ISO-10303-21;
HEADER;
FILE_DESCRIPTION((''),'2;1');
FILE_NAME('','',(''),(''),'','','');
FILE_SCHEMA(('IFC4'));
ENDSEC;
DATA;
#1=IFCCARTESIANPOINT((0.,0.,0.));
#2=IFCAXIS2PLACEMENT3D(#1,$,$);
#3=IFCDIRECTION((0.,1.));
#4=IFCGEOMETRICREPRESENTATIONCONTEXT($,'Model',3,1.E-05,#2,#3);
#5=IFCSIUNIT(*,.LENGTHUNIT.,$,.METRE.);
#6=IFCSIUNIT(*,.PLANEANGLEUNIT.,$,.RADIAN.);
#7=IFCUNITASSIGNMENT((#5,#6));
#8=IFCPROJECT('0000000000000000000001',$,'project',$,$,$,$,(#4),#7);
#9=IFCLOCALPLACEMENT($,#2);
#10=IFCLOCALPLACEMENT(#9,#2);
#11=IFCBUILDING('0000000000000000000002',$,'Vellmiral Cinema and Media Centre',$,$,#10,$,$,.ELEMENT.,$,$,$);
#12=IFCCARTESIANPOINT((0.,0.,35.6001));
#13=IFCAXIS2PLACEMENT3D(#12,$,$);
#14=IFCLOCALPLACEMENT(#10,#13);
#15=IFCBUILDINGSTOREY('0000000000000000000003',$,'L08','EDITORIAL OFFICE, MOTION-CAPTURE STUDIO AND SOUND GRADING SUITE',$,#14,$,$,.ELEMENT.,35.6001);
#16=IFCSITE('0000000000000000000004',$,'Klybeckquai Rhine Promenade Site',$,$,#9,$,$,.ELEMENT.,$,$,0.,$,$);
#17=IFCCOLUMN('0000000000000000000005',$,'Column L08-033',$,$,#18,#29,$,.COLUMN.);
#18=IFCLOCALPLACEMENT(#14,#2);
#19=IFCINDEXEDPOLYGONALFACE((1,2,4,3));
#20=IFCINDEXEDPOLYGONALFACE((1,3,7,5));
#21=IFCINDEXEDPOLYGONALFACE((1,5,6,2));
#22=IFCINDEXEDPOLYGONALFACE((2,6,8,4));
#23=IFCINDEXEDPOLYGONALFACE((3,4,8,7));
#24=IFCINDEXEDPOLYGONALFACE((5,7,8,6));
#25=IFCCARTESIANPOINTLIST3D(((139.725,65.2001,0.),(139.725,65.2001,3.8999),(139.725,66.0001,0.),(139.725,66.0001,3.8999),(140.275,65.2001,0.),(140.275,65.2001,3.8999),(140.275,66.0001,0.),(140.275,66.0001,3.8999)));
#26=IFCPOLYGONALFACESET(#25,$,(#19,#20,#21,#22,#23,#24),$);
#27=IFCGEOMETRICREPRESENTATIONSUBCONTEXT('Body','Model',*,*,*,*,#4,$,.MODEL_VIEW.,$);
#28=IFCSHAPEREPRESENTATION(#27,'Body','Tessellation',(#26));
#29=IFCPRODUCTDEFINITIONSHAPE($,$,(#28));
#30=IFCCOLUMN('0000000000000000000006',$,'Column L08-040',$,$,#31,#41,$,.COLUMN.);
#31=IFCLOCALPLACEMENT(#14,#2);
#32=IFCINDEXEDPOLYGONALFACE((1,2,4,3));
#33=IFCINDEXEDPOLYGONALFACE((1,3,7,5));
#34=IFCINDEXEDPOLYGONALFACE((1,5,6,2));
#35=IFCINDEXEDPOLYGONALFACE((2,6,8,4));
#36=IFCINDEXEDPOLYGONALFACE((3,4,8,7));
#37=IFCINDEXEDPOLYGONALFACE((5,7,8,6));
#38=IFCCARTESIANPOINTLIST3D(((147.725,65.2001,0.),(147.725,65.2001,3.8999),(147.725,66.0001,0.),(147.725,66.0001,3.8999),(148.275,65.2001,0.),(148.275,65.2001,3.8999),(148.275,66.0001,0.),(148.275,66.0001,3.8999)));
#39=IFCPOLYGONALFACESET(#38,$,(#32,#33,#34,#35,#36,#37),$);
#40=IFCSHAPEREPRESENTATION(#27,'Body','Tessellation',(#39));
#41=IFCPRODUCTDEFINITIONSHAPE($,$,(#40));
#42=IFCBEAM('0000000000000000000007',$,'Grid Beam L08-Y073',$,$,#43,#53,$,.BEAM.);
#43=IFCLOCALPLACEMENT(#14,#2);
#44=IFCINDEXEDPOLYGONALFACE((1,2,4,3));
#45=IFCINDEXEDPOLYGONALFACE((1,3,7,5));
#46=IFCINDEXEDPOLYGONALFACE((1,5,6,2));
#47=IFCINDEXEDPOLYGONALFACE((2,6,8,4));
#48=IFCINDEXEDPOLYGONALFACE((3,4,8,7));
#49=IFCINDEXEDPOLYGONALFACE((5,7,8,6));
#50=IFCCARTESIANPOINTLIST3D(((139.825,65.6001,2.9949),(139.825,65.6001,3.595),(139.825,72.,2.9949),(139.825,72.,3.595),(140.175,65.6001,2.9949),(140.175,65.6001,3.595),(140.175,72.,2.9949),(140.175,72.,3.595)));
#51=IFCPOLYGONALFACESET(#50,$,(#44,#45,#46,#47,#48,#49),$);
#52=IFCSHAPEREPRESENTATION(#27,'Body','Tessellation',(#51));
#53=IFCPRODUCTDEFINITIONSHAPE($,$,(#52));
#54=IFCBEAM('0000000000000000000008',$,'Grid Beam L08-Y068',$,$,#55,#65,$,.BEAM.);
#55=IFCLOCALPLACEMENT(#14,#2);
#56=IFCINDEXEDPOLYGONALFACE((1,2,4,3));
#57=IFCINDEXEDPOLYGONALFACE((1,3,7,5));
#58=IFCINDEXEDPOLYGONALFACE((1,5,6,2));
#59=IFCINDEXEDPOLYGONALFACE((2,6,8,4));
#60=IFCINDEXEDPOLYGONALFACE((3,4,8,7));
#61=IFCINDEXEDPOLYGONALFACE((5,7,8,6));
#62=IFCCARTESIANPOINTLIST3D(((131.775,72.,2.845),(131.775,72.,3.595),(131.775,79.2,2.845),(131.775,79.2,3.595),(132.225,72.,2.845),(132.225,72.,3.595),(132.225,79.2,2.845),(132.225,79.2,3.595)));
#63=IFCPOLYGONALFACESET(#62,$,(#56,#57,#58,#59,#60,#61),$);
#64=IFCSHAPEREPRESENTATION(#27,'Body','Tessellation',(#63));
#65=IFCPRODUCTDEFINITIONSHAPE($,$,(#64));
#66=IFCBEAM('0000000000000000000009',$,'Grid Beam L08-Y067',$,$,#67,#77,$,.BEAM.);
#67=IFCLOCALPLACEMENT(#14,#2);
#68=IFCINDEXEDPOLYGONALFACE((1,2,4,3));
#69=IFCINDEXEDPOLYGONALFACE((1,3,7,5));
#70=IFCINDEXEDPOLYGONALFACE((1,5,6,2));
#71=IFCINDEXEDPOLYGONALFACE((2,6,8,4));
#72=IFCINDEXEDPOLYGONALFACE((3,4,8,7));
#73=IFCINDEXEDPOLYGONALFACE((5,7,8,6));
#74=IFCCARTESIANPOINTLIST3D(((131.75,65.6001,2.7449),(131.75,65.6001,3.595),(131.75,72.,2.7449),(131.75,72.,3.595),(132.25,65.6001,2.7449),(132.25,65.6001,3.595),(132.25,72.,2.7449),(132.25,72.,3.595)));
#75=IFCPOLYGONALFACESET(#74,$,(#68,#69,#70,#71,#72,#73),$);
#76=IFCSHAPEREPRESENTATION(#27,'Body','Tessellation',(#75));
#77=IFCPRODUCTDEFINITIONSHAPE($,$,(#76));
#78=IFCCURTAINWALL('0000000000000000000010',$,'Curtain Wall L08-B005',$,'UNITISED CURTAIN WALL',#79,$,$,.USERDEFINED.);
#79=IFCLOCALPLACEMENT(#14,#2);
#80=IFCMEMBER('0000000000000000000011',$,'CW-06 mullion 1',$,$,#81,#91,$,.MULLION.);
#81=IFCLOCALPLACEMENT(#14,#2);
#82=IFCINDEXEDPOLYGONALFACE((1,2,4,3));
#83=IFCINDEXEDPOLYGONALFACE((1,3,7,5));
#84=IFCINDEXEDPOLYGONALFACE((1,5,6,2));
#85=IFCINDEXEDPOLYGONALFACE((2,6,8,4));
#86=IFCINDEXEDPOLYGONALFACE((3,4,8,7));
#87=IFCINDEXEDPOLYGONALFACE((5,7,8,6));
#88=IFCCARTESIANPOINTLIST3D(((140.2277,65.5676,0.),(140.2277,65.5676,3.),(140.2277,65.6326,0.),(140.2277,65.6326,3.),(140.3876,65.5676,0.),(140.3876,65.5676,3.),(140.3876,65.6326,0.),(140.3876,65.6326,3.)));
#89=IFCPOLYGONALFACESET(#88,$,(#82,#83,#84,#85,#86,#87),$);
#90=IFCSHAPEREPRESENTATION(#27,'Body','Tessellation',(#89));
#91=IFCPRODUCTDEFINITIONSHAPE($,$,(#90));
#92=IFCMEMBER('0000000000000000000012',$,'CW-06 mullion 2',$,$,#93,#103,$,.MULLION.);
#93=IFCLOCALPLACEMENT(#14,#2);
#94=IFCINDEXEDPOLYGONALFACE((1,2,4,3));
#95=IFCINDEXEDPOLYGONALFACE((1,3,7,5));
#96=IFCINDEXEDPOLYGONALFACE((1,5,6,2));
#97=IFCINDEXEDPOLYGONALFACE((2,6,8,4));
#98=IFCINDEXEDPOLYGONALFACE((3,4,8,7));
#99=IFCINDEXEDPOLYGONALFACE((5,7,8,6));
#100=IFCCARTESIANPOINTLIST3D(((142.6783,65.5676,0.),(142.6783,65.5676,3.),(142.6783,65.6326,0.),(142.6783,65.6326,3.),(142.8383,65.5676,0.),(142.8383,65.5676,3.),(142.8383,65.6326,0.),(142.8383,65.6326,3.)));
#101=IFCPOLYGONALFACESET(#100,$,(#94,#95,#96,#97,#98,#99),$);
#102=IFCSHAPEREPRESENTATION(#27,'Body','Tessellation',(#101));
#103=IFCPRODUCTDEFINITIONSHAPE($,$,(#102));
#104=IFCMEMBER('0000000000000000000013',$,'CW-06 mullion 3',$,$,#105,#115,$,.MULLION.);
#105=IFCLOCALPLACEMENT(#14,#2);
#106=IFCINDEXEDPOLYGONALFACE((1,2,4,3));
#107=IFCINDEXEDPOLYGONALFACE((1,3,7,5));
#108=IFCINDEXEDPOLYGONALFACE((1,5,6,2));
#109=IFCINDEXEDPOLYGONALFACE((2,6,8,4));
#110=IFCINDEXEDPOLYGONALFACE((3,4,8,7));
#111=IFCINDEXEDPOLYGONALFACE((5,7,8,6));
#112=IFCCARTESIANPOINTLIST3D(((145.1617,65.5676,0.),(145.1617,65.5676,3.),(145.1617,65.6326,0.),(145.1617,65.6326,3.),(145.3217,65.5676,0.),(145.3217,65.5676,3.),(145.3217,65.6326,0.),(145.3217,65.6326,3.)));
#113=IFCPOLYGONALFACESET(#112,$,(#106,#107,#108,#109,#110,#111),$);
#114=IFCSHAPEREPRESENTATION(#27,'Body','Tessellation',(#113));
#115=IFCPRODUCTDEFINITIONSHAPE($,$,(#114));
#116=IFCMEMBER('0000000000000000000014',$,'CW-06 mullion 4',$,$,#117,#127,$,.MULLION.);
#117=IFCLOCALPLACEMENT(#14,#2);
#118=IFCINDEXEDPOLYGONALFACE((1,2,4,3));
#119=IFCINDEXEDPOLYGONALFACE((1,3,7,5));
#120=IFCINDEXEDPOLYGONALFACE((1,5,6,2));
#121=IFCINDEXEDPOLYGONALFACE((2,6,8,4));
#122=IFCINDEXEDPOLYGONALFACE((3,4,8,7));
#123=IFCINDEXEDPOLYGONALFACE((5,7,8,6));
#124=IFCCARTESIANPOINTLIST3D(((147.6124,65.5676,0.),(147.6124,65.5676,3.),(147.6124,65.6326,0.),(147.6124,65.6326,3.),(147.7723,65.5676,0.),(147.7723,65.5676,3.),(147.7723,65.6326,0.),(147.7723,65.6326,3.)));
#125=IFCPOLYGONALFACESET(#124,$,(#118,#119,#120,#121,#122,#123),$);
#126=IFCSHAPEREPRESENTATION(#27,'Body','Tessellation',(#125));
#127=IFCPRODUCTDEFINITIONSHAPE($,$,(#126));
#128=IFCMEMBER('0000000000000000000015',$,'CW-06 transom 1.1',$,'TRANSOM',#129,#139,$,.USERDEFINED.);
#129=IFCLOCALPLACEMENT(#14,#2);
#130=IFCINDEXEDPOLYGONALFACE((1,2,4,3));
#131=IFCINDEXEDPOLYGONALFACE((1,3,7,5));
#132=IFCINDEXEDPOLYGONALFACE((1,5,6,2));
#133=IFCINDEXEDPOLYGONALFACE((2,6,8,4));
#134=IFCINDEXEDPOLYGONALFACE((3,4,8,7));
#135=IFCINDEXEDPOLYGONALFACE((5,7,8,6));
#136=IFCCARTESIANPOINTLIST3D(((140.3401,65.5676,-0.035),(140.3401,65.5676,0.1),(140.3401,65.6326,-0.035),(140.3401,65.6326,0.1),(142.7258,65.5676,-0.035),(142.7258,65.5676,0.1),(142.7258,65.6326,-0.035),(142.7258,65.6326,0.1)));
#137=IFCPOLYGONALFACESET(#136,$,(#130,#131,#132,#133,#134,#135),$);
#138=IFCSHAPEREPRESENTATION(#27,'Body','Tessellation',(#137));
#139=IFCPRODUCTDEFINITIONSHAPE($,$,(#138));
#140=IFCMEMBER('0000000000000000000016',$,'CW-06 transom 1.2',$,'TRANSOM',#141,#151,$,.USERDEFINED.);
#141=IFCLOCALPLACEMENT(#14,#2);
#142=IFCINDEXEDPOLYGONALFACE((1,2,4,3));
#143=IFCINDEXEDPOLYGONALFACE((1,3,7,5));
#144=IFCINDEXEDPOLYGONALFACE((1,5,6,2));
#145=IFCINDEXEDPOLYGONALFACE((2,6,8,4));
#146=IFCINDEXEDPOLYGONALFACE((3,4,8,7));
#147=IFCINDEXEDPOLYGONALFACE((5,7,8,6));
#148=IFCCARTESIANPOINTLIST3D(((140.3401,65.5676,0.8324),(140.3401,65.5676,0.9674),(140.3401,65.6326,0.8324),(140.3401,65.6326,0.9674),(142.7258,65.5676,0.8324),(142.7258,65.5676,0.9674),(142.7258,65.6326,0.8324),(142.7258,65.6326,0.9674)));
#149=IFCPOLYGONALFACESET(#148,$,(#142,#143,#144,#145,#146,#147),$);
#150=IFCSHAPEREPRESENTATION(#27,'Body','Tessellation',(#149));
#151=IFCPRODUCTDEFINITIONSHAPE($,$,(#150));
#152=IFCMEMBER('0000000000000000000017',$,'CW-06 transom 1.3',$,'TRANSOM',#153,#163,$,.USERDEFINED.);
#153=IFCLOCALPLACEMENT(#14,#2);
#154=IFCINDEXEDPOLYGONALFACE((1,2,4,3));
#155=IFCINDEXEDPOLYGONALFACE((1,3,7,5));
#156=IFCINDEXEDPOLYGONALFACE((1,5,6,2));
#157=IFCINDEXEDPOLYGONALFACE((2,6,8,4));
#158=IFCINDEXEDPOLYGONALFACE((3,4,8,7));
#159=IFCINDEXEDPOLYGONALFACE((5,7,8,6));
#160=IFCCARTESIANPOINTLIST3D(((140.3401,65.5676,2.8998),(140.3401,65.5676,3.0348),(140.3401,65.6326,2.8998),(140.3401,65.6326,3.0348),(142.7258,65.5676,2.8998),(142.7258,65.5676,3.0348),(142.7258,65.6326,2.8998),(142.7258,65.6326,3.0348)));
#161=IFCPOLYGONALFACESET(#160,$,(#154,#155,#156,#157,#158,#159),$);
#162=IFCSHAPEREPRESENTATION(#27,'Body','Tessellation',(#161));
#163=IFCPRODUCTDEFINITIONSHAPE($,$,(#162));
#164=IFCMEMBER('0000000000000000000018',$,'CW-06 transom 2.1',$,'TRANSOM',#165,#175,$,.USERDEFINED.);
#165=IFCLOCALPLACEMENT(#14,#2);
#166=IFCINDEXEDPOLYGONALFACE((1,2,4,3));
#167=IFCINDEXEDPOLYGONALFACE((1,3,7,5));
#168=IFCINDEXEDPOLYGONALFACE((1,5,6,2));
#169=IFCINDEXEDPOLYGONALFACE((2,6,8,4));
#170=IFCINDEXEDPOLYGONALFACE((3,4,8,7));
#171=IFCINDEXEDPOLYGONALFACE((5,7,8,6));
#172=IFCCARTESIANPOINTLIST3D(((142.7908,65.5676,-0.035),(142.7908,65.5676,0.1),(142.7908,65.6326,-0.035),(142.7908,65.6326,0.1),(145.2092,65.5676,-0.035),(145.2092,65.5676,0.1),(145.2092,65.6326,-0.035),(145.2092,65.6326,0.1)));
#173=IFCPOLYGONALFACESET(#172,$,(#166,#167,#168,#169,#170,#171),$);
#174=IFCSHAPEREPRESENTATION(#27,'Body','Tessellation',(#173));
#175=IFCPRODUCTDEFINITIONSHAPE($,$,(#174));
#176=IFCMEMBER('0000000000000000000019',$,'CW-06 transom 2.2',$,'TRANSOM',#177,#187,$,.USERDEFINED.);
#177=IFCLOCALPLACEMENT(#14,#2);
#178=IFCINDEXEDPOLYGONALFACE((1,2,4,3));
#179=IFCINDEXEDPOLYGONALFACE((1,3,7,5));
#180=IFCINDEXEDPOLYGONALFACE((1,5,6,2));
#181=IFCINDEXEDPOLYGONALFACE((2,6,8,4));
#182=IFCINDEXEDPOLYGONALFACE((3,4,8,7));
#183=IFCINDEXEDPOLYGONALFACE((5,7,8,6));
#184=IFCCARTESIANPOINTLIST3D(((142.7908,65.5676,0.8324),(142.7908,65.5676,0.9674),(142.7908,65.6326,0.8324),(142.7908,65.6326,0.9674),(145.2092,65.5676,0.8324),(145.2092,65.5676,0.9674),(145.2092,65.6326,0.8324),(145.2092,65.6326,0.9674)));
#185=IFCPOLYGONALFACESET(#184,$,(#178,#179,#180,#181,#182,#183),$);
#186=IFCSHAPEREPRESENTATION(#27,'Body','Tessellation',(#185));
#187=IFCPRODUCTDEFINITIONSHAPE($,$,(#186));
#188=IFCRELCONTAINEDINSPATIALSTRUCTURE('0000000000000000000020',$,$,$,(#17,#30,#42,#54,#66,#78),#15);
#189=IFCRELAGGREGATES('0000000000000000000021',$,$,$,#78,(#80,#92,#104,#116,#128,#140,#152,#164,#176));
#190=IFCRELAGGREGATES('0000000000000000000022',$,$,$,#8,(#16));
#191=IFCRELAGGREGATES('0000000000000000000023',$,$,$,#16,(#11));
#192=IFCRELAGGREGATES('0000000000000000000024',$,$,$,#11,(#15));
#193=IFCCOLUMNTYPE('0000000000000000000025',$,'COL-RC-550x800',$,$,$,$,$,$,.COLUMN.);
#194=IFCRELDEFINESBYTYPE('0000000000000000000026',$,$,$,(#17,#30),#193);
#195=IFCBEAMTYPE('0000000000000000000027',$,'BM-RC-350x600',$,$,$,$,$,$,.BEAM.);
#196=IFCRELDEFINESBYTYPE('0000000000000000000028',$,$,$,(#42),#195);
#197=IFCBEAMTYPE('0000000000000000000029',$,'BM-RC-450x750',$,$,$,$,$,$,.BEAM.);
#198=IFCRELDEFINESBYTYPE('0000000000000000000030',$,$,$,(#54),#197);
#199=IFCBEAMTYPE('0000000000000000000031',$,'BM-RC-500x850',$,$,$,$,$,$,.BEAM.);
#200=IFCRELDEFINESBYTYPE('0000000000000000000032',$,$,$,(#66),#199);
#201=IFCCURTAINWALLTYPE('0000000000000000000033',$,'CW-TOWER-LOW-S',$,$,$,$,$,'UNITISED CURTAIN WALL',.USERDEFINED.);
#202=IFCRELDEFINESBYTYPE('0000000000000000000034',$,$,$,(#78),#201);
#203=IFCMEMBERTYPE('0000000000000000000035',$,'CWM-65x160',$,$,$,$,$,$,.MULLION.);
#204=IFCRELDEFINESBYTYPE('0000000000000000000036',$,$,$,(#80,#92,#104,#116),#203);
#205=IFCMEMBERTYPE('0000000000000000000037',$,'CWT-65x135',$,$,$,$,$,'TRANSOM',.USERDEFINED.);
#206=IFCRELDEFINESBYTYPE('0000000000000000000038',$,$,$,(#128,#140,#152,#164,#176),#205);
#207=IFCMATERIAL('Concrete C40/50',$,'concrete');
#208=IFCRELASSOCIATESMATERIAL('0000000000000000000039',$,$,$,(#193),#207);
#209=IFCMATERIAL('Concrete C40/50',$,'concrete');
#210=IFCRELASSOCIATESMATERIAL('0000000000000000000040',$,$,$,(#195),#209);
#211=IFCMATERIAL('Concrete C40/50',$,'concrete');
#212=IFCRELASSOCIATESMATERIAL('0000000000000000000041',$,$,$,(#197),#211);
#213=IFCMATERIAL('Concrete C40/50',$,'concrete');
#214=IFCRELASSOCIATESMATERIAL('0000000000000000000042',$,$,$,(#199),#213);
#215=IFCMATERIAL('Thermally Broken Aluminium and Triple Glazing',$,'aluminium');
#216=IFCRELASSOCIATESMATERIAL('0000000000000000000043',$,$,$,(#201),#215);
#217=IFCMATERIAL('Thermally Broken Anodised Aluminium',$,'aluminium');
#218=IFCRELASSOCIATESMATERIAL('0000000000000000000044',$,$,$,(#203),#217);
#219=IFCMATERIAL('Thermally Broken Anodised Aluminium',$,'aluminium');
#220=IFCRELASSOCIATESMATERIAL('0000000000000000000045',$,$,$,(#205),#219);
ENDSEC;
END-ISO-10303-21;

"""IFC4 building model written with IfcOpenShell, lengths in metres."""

from ifc_helpers import new_model, si_unit, direction, frame, origin, origin_2d, place, context, subcontext, project, spatial, rectangle, extrude, material, material_profile, profile_set, type_object, element, aggregate, save


model = new_model("IFC4")

# Units and contexts
model_context = context("Model", 3, precision=1e-05, world=origin(), true_north=direction((0.0, 1.0)))
body_context = subcontext(model_context, "Body", "Model", "MODEL_VIEW")
ifc_project = project(units=[si_unit("LENGTHUNIT", "METRE"), si_unit("PLANEANGLEUNIT", "RADIAN")], contexts=[model_context])

# Site, building, storey
site_placement = place(None, origin())
site = spatial("IfcSite", under=ifc_project, at=site_placement, Name="Klybeckquai Rhine Promenade Site", CompositionType="ELEMENT", RefElevation=0.0)
building_placement = place(site_placement, origin())
building = spatial("IfcBuilding", under=site, at=building_placement, Name="Vellmiral Cinema and Media Centre", CompositionType="ELEMENT")
storey_placement = place(building_placement, frame((0.0, 0.0, 35.6001)))
storey = spatial("IfcBuildingStorey", under=building, at=storey_placement, Name="L08", Description="EDITORIAL OFFICE, MOTION-CAPTURE STUDIO AND SOUND GRADING SUITE", CompositionType="ELEMENT", Elevation=35.6001)

# Columns
ifc_material_1 = material(Name="Concrete C40/50", Category="concrete")
ifc_material_profile_1 = material_profile(ifc_material_1, rectangle(XDim=0.55, YDim=0.8, at=origin_2d()), Name="RC 550x800")
ifc_profile_set_1 = profile_set([ifc_material_profile_1], Name="Concrete C40/50")
column_type = type_object("IfcColumnType", Name="COL-RC-550x800", PredefinedType="COLUMN", material=ifc_profile_set_1)
for number, where, z_axis, x_axis, name in (
    (1, (140.0, 65.6001, 0.0), (0.0, 0.0, 1.0), (1.0, 0.0, 0.0), "Column L08-033"),
    (2, (148.0, 65.6001, 0.0), (0.0, 0.0, 1.0), (1.0, 0.0, 0.0), "Column L08-040"),
):
    element("IfcColumn", number, at=place(storey_placement, frame(where, z_axis=z_axis, x_axis=x_axis)), inside=storey, type_object=column_type, Name=name, PredefinedType="COLUMN", context=body_context, shape_type="SweptSolid", body=[
        extrude(rectangle(XDim=0.55, YDim=0.8, at=origin_2d()), origin(), (0.0, 0.0, 1.0), 3.8999),
    ])

# Beams
ifc_material_2 = material(Name="Concrete C40/50", Category="concrete")
ifc_material_profile_2 = material_profile(ifc_material_2, rectangle(XDim=0.3501, YDim=0.6001, at=origin_2d()), Name="RC 350x600")
ifc_profile_set_2 = profile_set([ifc_material_profile_2], Name="Concrete C40/50")
beam_type_1 = type_object("IfcBeamType", Name="BM-RC-350x600", PredefinedType="BEAM", material=ifc_profile_set_2)
beam_1_placement = place(storey_placement, frame((140.0, 65.6001, 3.2949), z_axis=(0.0, 1.0, 0.0), x_axis=(-1.0, 0.0, 0.0)))
element("IfcBeam", 3, at=beam_1_placement, inside=storey, type_object=beam_type_1, Name="Grid Beam L08-Y073", PredefinedType="BEAM", context=body_context, shape_type="SweptSolid", body=[
    extrude(rectangle(XDim=0.3501, YDim=0.6001, at=origin_2d()), origin(), (0.0, 0.0, 1.0), 6.3999),
])
ifc_material_3 = material(Name="Concrete C40/50", Category="concrete")
ifc_material_profile_3 = material_profile(ifc_material_3, rectangle(XDim=0.45, YDim=0.75, at=origin_2d()), Name="RC 450x750")
ifc_profile_set_3 = profile_set([ifc_material_profile_3], Name="Concrete C40/50")
beam_type_2 = type_object("IfcBeamType", Name="BM-RC-450x750", PredefinedType="BEAM", material=ifc_profile_set_3)
beam_2_placement = place(storey_placement, frame((132.0, 72.0, 3.22), z_axis=(0.0, 1.0, 0.0), x_axis=(-1.0, 0.0, 0.0)))
element("IfcBeam", 4, at=beam_2_placement, inside=storey, type_object=beam_type_2, Name="Grid Beam L08-Y068", PredefinedType="BEAM", context=body_context, shape_type="SweptSolid", body=[
    extrude(rectangle(XDim=0.45, YDim=0.75, at=origin_2d()), origin(), (0.0, 0.0, 1.0), 7.2),
])
ifc_material_4 = material(Name="Concrete C40/50", Category="concrete")
ifc_material_profile_4 = material_profile(ifc_material_4, rectangle(XDim=0.5, YDim=0.8501, at=origin_2d()), Name="RC 500x850")
ifc_profile_set_4 = profile_set([ifc_material_profile_4], Name="Concrete C40/50")
beam_type_3 = type_object("IfcBeamType", Name="BM-RC-500x850", PredefinedType="BEAM", material=ifc_profile_set_4)
beam_3_placement = place(storey_placement, frame((132.0, 65.6001, 3.1699), z_axis=(0.0, 1.0, 0.0), x_axis=(-1.0, 0.0, 0.0)))
element("IfcBeam", 5, at=beam_3_placement, inside=storey, type_object=beam_type_3, Name="Grid Beam L08-Y067", PredefinedType="BEAM", context=body_context, shape_type="SweptSolid", body=[
    extrude(rectangle(XDim=0.5, YDim=0.8501, at=origin_2d()), origin(), (0.0, 0.0, 1.0), 6.3999),
])

# Curtain wall, members
ifc_material_5 = material(Name="Thermally Broken Aluminium and Triple Glazing", Category="aluminium")
curtain_wall_type = type_object("IfcCurtainWallType", Name="CW-TOWER-LOW-S", ElementType="UNITISED CURTAIN WALL", PredefinedType="USERDEFINED", material=ifc_material_5)
curtain_wall_placement = place(storey_placement, origin())
curtain_wall = element("IfcCurtainWall", 6, at=curtain_wall_placement, inside=storey, type_object=curtain_wall_type, Name="Curtain Wall L08-B005", ObjectType="UNITISED CURTAIN WALL", PredefinedType="USERDEFINED")
ifc_material_6 = material(Name="Thermally Broken Anodised Aluminium", Category="aluminium")
ifc_material_profile_5 = material_profile(ifc_material_6, rectangle(XDim=0.0649, YDim=0.1599, at=origin_2d()), Name="MULL 65x160")
ifc_profile_set_5 = profile_set([ifc_material_profile_5], Name="Thermally Broken Anodised Aluminium")
member_type_1 = type_object("IfcMemberType", Name="CWM-65x160", PredefinedType="MULLION", material=ifc_profile_set_5)
member_1_placement = place(storey_placement, frame((140.3076, 65.6001, 0.0), z_axis=(0.0, 0.0, 1.0), x_axis=(0.0, 1.0, 0.0)))
member_1 = element("IfcMember", 7, at=member_1_placement, type_object=member_type_1, Name="CW-06 mullion 1", PredefinedType="MULLION", context=body_context, shape_type="SweptSolid", body=[
    extrude(rectangle(XDim=0.0649, YDim=0.1599, at=origin_2d()), origin(), (0.0, 0.0, 1.0), 3.0),
])
member_2_placement = place(storey_placement, frame((142.7583, 65.6001, 0.0), z_axis=(0.0, 0.0, 1.0), x_axis=(0.0, 1.0, 0.0)))
member_2 = element("IfcMember", 8, at=member_2_placement, type_object=member_type_1, Name="CW-06 mullion 2", PredefinedType="MULLION", context=body_context, shape_type="SweptSolid", body=[
    extrude(rectangle(XDim=0.0649, YDim=0.1599, at=origin_2d()), origin(), (0.0, 0.0, 1.0), 3.0),
])
member_3_placement = place(storey_placement, frame((145.2417, 65.6001, 0.0), z_axis=(0.0, 0.0, 1.0), x_axis=(0.0, 1.0, 0.0)))
member_3 = element("IfcMember", 9, at=member_3_placement, type_object=member_type_1, Name="CW-06 mullion 3", PredefinedType="MULLION", context=body_context, shape_type="SweptSolid", body=[
    extrude(rectangle(XDim=0.0649, YDim=0.1599, at=origin_2d()), origin(), (0.0, 0.0, 1.0), 3.0),
])
member_4_placement = place(storey_placement, frame((147.6924, 65.6001, 0.0), z_axis=(0.0, 0.0, 1.0), x_axis=(0.0, 1.0, 0.0)))
member_4 = element("IfcMember", 10, at=member_4_placement, type_object=member_type_1, Name="CW-06 mullion 4", PredefinedType="MULLION", context=body_context, shape_type="SweptSolid", body=[
    extrude(rectangle(XDim=0.0649, YDim=0.1599, at=origin_2d()), origin(), (0.0, 0.0, 1.0), 3.0),
])
ifc_material_7 = material(Name="Thermally Broken Anodised Aluminium", Category="aluminium")
ifc_material_profile_6 = material_profile(ifc_material_7, rectangle(XDim=0.0649, YDim=0.135, at=origin_2d()), Name="MULL 65x135")
ifc_profile_set_6 = profile_set([ifc_material_profile_6], Name="Thermally Broken Anodised Aluminium")
member_type_2 = type_object("IfcMemberType", Name="CWT-65x135", ElementType="TRANSOM", PredefinedType="USERDEFINED", material=ifc_profile_set_6)
member_5_placement = place(storey_placement, frame((140.3401, 65.6001, 0.0325), z_axis=(1.0, 0.0, 0.0), x_axis=(0.0, 1.0, 0.0)))
member_5 = element("IfcMember", 11, at=member_5_placement, type_object=member_type_2, Name="CW-06 transom 1.1", ObjectType="TRANSOM", PredefinedType="USERDEFINED", context=body_context, shape_type="SweptSolid", body=[
    extrude(rectangle(XDim=0.0649, YDim=0.135, at=origin_2d()), origin(), (0.0, 0.0, 1.0), 2.3857),
])
member_6_placement = place(storey_placement, frame((140.3401, 65.6001, 0.8999), z_axis=(1.0, 0.0, 0.0), x_axis=(0.0, 1.0, 0.0)))
member_6 = element("IfcMember", 12, at=member_6_placement, type_object=member_type_2, Name="CW-06 transom 1.2", ObjectType="TRANSOM", PredefinedType="USERDEFINED", context=body_context, shape_type="SweptSolid", body=[
    extrude(rectangle(XDim=0.0649, YDim=0.135, at=origin_2d()), origin(), (0.0, 0.0, 1.0), 2.3857),
])
member_7_placement = place(storey_placement, frame((140.3401, 65.6001, 2.9673), z_axis=(1.0, 0.0, 0.0), x_axis=(0.0, 1.0, 0.0)))
member_7 = element("IfcMember", 13, at=member_7_placement, type_object=member_type_2, Name="CW-06 transom 1.3", ObjectType="TRANSOM", PredefinedType="USERDEFINED", context=body_context, shape_type="SweptSolid", body=[
    extrude(rectangle(XDim=0.0649, YDim=0.135, at=origin_2d()), origin(), (0.0, 0.0, 1.0), 2.3857),
])
member_8_placement = place(storey_placement, frame((142.7908, 65.6001, 0.0325), z_axis=(1.0, 0.0, 0.0), x_axis=(0.0, 1.0, 0.0)))
member_8 = element("IfcMember", 14, at=member_8_placement, type_object=member_type_2, Name="CW-06 transom 2.1", ObjectType="TRANSOM", PredefinedType="USERDEFINED", context=body_context, shape_type="SweptSolid", body=[
    extrude(rectangle(XDim=0.0649, YDim=0.135, at=origin_2d()), origin(), (0.0, 0.0, 1.0), 2.4185),
])
member_9_placement = place(storey_placement, frame((142.7908, 65.6001, 0.8999), z_axis=(1.0, 0.0, 0.0), x_axis=(0.0, 1.0, 0.0)))
member_9 = element("IfcMember", 15, at=member_9_placement, type_object=member_type_2, Name="CW-06 transom 2.2", ObjectType="TRANSOM", PredefinedType="USERDEFINED", context=body_context, shape_type="SweptSolid", body=[
    extrude(rectangle(XDim=0.0649, YDim=0.135, at=origin_2d()), origin(), (0.0, 0.0, 1.0), 2.4185),
])

aggregate(curtain_wall, [member_1, member_2, member_3, member_4, member_5, member_6, member_7, member_8, member_9])

save(model, "model.ifc")
